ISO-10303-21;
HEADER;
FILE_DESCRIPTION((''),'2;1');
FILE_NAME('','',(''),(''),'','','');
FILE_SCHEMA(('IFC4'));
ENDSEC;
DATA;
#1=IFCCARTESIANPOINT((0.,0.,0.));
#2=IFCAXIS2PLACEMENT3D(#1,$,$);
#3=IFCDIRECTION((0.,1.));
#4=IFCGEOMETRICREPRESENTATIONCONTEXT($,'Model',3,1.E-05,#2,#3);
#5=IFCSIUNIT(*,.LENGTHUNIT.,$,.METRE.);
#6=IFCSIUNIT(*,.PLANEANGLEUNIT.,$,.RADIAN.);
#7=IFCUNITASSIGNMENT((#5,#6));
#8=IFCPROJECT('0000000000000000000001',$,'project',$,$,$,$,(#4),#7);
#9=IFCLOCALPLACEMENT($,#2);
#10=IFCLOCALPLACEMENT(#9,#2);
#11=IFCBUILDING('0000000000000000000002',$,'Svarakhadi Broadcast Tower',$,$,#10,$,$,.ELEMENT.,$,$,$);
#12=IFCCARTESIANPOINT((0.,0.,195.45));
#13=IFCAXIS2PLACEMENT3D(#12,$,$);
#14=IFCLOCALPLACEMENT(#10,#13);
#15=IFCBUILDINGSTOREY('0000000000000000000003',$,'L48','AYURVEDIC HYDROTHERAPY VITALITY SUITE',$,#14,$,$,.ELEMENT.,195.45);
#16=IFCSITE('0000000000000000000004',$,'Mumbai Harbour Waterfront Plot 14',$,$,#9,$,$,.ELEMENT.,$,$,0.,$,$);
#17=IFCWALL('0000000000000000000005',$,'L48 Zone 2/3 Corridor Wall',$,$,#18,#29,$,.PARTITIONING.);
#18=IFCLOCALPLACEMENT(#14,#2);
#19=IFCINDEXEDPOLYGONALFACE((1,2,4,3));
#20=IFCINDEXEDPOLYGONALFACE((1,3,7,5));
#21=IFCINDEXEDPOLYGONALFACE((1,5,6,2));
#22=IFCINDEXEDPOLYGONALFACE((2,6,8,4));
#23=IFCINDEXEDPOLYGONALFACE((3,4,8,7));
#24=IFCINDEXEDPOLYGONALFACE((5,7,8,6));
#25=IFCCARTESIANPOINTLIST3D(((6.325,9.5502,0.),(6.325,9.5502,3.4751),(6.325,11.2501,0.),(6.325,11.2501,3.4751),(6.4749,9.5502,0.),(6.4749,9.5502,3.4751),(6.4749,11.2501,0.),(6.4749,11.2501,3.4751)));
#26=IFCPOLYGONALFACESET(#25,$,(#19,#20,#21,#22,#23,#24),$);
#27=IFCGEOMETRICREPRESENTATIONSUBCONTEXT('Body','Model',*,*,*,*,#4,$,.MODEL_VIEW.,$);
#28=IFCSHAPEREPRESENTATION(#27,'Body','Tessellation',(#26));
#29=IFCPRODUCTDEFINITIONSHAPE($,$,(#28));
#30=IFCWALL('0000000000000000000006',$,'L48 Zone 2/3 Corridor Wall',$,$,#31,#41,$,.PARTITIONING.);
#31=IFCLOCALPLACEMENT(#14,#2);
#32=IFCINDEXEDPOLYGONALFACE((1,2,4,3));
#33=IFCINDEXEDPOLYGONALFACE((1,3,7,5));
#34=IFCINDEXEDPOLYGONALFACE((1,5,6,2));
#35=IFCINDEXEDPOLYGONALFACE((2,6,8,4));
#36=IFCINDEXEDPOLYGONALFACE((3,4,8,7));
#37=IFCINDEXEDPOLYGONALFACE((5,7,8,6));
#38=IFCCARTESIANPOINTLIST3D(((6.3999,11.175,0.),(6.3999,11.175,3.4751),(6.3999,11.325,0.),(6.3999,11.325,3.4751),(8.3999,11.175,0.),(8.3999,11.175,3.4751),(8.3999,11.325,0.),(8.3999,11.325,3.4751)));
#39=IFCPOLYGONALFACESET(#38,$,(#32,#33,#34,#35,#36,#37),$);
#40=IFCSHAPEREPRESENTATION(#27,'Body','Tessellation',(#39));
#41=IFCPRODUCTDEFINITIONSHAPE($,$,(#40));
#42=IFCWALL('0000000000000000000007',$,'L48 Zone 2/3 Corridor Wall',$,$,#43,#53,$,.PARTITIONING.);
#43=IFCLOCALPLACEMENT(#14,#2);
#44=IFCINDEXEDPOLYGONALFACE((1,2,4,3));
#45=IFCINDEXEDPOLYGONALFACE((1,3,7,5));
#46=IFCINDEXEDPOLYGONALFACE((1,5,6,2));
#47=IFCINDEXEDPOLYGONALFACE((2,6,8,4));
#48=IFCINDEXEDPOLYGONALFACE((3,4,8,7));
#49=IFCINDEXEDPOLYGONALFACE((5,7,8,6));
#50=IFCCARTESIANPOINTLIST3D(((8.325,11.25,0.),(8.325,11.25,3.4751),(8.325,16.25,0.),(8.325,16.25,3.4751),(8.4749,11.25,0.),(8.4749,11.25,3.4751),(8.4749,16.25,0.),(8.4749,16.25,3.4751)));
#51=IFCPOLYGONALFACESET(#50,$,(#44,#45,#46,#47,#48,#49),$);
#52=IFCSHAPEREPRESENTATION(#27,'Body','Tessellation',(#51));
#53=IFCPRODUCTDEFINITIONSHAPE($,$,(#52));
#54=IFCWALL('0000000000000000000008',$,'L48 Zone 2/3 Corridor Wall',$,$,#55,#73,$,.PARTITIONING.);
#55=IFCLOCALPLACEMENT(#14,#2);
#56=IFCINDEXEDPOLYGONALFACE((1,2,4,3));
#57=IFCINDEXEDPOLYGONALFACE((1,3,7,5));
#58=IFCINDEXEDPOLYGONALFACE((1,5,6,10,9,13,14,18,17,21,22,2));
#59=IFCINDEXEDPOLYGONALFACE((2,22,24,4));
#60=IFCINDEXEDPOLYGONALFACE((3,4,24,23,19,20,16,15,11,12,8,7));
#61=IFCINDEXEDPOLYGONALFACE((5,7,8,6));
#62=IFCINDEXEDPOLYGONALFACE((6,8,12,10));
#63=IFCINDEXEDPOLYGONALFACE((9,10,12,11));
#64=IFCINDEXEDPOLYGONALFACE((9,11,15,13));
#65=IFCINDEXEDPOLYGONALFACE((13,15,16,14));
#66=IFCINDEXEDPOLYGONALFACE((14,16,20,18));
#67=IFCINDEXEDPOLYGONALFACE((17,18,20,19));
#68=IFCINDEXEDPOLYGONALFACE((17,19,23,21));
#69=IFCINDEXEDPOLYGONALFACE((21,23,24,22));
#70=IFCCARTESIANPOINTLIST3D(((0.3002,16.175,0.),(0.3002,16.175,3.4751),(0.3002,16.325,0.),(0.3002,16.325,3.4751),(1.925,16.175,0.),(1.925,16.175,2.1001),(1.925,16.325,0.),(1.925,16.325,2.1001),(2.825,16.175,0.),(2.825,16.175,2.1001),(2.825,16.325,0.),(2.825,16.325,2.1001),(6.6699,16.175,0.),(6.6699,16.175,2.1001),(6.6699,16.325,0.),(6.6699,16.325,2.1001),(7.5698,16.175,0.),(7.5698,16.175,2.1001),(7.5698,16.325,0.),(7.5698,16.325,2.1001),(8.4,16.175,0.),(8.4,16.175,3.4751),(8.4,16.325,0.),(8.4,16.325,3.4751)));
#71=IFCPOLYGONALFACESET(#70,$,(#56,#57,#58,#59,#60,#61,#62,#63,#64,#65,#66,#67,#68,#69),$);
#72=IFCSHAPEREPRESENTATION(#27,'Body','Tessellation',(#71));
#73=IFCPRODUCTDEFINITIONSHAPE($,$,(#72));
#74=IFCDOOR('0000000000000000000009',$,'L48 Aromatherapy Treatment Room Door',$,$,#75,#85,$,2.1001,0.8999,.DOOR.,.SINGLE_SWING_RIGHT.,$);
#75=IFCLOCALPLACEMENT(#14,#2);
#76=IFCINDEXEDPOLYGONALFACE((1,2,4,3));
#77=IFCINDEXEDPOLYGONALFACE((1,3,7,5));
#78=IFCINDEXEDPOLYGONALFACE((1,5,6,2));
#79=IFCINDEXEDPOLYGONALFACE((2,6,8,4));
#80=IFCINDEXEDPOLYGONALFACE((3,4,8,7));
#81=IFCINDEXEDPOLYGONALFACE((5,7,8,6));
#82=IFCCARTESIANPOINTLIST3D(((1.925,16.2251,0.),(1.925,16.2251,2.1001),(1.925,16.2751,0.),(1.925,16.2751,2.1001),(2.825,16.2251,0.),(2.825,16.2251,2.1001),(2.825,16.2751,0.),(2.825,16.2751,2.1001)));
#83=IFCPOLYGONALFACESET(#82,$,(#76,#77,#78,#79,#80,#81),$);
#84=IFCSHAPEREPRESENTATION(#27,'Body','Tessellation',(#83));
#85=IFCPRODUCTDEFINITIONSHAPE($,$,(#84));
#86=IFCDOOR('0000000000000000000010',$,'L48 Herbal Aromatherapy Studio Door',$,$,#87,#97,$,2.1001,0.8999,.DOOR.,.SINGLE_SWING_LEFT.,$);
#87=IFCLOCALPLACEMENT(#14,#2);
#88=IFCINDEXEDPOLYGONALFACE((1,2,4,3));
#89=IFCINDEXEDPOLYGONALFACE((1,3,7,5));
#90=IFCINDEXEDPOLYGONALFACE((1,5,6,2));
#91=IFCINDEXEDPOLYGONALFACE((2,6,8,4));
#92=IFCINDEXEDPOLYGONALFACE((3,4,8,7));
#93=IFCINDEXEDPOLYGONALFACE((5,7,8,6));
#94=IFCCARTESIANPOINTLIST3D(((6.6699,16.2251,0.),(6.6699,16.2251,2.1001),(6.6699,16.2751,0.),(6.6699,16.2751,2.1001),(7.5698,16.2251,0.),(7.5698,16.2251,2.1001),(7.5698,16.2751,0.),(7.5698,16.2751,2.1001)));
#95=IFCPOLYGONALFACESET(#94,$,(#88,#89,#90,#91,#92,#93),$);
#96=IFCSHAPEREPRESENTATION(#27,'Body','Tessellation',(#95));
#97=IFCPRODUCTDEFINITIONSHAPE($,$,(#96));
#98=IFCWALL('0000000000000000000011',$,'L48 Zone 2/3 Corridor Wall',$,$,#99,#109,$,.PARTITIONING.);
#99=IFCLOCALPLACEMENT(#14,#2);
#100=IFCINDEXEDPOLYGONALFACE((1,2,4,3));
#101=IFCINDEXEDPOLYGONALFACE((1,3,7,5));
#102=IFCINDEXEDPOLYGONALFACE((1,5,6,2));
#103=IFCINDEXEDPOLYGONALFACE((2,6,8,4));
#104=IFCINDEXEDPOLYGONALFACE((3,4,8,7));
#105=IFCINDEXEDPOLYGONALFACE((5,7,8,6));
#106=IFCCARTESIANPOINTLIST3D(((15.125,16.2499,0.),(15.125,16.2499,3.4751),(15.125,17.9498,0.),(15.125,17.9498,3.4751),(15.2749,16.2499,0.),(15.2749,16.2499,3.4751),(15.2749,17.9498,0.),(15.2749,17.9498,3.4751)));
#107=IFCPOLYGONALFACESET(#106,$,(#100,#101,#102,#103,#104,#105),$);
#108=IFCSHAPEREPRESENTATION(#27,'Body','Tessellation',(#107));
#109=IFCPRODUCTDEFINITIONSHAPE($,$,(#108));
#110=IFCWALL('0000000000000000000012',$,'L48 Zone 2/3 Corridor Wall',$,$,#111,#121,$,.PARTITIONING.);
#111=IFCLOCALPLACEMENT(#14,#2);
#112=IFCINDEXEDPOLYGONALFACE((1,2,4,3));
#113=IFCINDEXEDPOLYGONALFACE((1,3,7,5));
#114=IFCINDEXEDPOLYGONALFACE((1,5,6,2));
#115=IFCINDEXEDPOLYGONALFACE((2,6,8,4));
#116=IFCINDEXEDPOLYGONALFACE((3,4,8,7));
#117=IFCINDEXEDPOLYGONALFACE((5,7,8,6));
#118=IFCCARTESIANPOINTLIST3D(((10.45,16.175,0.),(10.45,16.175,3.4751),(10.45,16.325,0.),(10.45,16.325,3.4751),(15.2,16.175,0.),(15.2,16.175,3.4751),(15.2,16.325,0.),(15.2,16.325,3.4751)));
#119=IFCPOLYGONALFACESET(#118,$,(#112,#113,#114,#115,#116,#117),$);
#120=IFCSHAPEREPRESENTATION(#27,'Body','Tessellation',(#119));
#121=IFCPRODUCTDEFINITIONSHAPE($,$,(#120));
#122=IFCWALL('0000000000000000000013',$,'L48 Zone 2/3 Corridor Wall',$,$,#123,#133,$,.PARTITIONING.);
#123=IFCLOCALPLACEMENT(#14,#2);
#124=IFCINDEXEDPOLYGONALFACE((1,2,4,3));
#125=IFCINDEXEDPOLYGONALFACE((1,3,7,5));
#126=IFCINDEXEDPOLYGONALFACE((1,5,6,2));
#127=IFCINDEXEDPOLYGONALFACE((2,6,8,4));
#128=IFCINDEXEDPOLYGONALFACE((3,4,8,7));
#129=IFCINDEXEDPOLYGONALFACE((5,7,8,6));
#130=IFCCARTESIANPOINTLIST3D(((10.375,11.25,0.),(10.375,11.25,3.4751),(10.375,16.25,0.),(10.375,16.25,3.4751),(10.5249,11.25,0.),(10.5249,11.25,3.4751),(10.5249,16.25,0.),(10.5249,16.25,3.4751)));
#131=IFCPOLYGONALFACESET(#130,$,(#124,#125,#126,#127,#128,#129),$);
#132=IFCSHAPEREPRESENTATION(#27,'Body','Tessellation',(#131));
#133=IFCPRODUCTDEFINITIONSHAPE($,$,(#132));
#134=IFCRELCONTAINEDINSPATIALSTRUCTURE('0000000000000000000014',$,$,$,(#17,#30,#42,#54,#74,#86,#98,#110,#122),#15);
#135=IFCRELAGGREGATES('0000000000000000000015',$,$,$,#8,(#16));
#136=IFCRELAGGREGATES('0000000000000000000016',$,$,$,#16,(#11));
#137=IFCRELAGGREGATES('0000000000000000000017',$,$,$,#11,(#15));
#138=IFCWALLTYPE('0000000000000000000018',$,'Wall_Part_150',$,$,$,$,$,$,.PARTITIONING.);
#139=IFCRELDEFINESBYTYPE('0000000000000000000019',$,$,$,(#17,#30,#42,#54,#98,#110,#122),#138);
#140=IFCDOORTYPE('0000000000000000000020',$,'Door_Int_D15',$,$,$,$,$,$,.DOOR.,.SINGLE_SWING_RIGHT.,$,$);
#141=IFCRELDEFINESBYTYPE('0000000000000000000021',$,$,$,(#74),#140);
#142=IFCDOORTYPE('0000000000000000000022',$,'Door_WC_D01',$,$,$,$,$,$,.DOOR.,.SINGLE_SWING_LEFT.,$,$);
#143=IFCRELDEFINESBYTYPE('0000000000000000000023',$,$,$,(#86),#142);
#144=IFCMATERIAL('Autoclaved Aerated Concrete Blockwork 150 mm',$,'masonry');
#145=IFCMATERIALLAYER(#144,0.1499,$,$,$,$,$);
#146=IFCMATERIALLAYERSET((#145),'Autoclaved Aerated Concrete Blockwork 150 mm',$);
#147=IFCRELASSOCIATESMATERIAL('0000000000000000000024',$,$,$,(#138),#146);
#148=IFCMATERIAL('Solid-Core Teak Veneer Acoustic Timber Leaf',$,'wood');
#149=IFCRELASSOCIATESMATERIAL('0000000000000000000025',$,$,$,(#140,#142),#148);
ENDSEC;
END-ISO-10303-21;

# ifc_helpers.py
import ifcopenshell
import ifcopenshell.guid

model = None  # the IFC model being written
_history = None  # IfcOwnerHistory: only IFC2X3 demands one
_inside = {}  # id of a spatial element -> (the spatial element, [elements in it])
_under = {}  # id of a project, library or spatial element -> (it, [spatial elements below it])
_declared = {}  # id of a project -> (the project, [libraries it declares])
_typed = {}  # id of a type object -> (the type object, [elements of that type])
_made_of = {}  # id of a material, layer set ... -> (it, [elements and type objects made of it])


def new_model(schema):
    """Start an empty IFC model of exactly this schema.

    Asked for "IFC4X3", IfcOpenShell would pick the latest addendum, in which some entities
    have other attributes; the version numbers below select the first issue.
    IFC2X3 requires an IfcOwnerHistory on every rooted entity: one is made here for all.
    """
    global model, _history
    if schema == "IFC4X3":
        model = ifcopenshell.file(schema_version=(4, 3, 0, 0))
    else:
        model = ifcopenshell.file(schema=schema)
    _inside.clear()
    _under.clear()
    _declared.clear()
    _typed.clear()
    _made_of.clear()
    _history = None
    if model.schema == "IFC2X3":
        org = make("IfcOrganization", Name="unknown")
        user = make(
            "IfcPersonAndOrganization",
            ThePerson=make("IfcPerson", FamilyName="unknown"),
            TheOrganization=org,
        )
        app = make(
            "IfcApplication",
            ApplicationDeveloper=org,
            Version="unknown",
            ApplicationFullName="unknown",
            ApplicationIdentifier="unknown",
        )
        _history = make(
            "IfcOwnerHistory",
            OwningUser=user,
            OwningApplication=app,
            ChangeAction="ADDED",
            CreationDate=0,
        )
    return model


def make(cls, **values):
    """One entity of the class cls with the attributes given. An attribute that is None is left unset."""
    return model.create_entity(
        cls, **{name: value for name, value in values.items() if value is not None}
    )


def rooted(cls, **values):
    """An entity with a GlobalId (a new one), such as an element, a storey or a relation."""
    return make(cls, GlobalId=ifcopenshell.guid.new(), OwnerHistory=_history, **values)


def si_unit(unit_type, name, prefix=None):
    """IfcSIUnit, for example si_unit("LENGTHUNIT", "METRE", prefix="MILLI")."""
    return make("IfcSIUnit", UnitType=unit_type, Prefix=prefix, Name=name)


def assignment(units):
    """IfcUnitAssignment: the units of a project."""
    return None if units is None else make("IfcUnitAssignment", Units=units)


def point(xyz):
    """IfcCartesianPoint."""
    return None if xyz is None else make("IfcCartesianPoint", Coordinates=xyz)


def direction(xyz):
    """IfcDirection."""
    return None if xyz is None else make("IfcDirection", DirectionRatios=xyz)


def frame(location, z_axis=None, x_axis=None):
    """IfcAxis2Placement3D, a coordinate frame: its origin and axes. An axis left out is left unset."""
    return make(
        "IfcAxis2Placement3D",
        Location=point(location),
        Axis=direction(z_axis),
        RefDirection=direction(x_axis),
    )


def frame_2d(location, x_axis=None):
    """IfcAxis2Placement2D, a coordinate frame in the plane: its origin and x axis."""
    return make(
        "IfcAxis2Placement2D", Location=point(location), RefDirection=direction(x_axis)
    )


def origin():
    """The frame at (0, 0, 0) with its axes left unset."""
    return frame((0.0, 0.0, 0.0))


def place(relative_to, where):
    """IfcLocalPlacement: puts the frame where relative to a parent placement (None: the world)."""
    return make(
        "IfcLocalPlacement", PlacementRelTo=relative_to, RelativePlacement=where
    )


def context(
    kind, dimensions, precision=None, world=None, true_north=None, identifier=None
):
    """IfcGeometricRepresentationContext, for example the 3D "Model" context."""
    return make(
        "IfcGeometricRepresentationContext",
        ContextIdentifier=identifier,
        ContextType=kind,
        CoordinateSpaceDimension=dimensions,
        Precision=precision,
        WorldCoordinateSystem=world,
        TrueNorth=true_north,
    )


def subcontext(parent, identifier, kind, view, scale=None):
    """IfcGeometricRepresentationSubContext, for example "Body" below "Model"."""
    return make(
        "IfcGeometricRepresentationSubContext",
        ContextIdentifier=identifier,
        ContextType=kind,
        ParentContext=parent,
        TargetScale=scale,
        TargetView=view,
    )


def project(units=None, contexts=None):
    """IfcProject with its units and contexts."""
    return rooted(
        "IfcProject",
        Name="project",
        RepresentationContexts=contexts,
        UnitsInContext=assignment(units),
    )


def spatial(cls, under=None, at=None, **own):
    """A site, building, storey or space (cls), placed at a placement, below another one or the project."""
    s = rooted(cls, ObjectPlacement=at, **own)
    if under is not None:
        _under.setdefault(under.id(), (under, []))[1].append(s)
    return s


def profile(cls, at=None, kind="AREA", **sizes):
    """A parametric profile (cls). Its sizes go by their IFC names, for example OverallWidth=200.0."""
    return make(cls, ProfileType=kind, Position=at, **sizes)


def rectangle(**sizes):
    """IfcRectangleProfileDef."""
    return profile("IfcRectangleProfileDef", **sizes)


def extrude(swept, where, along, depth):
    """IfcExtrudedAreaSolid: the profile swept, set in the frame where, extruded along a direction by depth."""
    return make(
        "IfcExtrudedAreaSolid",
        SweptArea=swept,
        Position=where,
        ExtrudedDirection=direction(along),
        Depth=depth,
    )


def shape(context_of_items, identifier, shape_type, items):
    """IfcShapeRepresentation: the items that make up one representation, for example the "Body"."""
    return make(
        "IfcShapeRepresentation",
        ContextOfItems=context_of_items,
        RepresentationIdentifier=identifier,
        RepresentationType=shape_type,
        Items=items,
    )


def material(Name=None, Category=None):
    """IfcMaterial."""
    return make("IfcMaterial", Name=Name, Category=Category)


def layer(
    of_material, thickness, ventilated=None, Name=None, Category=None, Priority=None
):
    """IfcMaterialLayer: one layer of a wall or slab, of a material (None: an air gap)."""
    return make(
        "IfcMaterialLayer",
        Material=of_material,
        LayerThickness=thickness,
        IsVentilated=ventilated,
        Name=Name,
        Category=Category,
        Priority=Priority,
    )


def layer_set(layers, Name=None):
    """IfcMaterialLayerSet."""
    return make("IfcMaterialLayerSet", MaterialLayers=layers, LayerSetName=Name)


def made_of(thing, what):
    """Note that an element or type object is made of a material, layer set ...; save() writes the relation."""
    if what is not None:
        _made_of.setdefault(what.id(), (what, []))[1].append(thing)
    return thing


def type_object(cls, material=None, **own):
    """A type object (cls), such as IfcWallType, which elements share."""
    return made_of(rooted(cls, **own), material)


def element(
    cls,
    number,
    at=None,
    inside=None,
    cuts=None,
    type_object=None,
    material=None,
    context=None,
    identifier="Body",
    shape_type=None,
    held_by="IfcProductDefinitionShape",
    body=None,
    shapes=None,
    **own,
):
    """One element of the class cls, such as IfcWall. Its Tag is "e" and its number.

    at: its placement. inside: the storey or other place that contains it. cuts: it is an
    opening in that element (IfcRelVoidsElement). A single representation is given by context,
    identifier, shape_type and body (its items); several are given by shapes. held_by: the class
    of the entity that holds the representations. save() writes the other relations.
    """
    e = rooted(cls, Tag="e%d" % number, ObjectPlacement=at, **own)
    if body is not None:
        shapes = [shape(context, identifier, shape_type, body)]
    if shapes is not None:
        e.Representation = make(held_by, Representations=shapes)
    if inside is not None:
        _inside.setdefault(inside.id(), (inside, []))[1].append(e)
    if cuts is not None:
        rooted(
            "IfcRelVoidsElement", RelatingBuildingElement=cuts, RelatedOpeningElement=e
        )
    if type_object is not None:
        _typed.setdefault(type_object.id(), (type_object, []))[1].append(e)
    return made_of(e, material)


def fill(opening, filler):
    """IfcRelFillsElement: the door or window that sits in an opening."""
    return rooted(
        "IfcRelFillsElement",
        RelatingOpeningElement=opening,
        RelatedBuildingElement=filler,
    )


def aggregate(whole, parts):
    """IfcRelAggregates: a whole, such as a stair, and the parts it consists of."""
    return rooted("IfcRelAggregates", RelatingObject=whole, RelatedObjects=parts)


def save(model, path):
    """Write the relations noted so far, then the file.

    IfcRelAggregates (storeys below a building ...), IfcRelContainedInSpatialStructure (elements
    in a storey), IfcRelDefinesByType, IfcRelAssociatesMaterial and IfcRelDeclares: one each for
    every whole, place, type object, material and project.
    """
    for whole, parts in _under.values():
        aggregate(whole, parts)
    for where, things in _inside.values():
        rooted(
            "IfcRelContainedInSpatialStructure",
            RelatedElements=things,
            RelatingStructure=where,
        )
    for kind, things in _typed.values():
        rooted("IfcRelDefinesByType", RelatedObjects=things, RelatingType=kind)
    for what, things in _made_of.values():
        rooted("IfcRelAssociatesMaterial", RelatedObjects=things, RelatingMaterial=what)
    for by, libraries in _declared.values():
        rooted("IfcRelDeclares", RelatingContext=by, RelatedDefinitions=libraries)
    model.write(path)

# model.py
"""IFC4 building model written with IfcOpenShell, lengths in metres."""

from ifc_helpers import new_model, si_unit, direction, frame, frame_2d, origin, place, context, subcontext, project, spatial, rectangle, extrude, material, layer, layer_set, type_object, element, fill, save


model = new_model("IFC4")

# Units and contexts
model_context = context("Model", 3, precision=1e-05, world=origin(), true_north=direction((0.0, 1.0)))
body_context = subcontext(model_context, "Body", "Model", "MODEL_VIEW")
ifc_project = project(units=[si_unit("LENGTHUNIT", "METRE"), si_unit("PLANEANGLEUNIT", "RADIAN")], contexts=[model_context])

# Site, building, storey
site_placement = place(None, origin())
site = spatial("IfcSite", under=ifc_project, at=site_placement, Name="Mumbai Harbour Waterfront Plot 14", CompositionType="ELEMENT", RefElevation=0.0)
building_placement = place(site_placement, origin())
building = spatial("IfcBuilding", under=site, at=building_placement, Name="Svarakhadi Broadcast Tower", CompositionType="ELEMENT")
storey_placement = place(building_placement, frame((0.0, 0.0, 195.45)))
storey = spatial("IfcBuildingStorey", under=building, at=storey_placement, Name="L48", Description="AYURVEDIC HYDROTHERAPY VITALITY SUITE", CompositionType="ELEMENT", Elevation=195.45)

# Walls
ifc_material_1 = material(Name="Autoclaved Aerated Concrete Blockwork 150 mm", Category="masonry")
ifc_layer_1 = layer(ifc_material_1, 0.1499)
ifc_layer_set_1 = layer_set([ifc_layer_1], Name="Autoclaved Aerated Concrete Blockwork 150 mm")
wall_type_1 = type_object("IfcWallType", Name="Wall_Part_150", PredefinedType="PARTITIONING", material=ifc_layer_set_1)
wall_1_placement = place(storey_placement, frame((6.3999, 9.55, 0.0), z_axis=(0.0, 0.0, 1.0), x_axis=(0.0, 1.0, 0.0)))
element("IfcWall", 1, at=wall_1_placement, inside=storey, type_object=wall_type_1, Name="L48 Zone 2/3 Corridor Wall", PredefinedType="PARTITIONING", context=body_context, shape_type="SweptSolid", body=[
    extrude(rectangle(XDim=1.7, YDim=0.1499, at=frame_2d((0.8501, 0.0))), origin(), (0.0, 0.0, 1.0), 3.4751),
])
wall_2_placement = place(storey_placement, frame((6.3999, 11.25, 0.0), z_axis=(0.0, 0.0, 1.0), x_axis=(1.0, 0.0, 0.0)))
element("IfcWall", 2, at=wall_2_placement, inside=storey, type_object=wall_type_1, Name="L48 Zone 2/3 Corridor Wall", PredefinedType="PARTITIONING", context=body_context, shape_type="SweptSolid", body=[
    extrude(rectangle(XDim=2.0, YDim=0.1499, at=frame_2d((1.0, 0.0))), origin(), (0.0, 0.0, 1.0), 3.4751),
])
wall_3_placement = place(storey_placement, frame((8.3999, 11.25, 0.0), z_axis=(0.0, 0.0, 1.0), x_axis=(0.0, 1.0, 0.0)))
element("IfcWall", 3, at=wall_3_placement, inside=storey, type_object=wall_type_1, Name="L48 Zone 2/3 Corridor Wall", PredefinedType="PARTITIONING", context=body_context, shape_type="SweptSolid", body=[
    extrude(rectangle(XDim=5.0, YDim=0.1499, at=frame_2d((2.5, 0.0))), origin(), (0.0, 0.0, 1.0), 3.4751),
])

# Wall, openings, doors
wall_4_placement = place(storey_placement, frame((8.3999, 16.25, 0.0), z_axis=(0.0, 0.0, 1.0), x_axis=(-1.0, 0.0, 0.0)))
wall_4 = element("IfcWall", 4, at=wall_4_placement, inside=storey, type_object=wall_type_1, Name="L48 Zone 2/3 Corridor Wall", PredefinedType="PARTITIONING", context=body_context, shape_type="SweptSolid", body=[
    extrude(rectangle(XDim=8.0999, YDim=0.1499, at=frame_2d((4.0498, 0.0))), origin(), (0.0, 0.0, 1.0), 3.4751),
])
opening_1_placement = place(wall_4_placement, frame((5.575, 0.0, 0.0)))
opening_1 = element("IfcOpeningElement", 5, at=opening_1_placement, cuts=wall_4, PredefinedType="OPENING", context=body_context, shape_type="SweptSolid", body=[
    extrude(rectangle(XDim=0.8999, YDim=2.1001, at=frame_2d((0.45, 1.05))), frame((0.0, 0.085, 0.0), z_axis=(0.0, -1.0, 0.0), x_axis=(1.0, 0.0, 0.0)), (0.0, 0.0, 1.0), 0.1699),
])
opening_2_placement = place(wall_4_placement, frame((0.8301, 0.0, 0.0)))
opening_2 = element("IfcOpeningElement", 6, at=opening_2_placement, cuts=wall_4, PredefinedType="OPENING", context=body_context, shape_type="SweptSolid", body=[
    extrude(rectangle(XDim=0.8999, YDim=2.1001, at=frame_2d((0.45, 1.05))), frame((0.0, 0.085, 0.0), z_axis=(0.0, -1.0, 0.0), x_axis=(1.0, 0.0, 0.0)), (0.0, 0.0, 1.0), 0.1699),
])
ifc_material_2 = material(Name="Solid-Core Teak Veneer Acoustic Timber Leaf", Category="wood")
door_type_1 = type_object("IfcDoorType", Name="Door_Int_D15", OperationType="SINGLE_SWING_RIGHT", PredefinedType="DOOR", material=ifc_material_2)
door_1_placement = place(opening_1_placement, origin())
door_1 = element("IfcDoor", 7, at=door_1_placement, inside=storey, type_object=door_type_1, Name="L48 Aromatherapy Treatment Room Door", OperationType="SINGLE_SWING_RIGHT", OverallHeight=2.1001, OverallWidth=0.8999, PredefinedType="DOOR", context=body_context, shape_type="SweptSolid", body=[
    extrude(rectangle(XDim=0.8999, YDim=2.1001, at=frame_2d((0.45, 1.05))), frame((0.0, 0.0249, 0.0), z_axis=(0.0, -1.0, 0.0), x_axis=(1.0, 0.0, 0.0)), (0.0, 0.0, 1.0), 0.05),
])
fill(opening_1, door_1)
door_type_2 = type_object("IfcDoorType", Name="Door_WC_D01", OperationType="SINGLE_SWING_LEFT", PredefinedType="DOOR", material=ifc_material_2)
door_2_placement = place(opening_2_placement, origin())
door_2 = element("IfcDoor", 8, at=door_2_placement, inside=storey, type_object=door_type_2, Name="L48 Herbal Aromatherapy Studio Door", OperationType="SINGLE_SWING_LEFT", OverallHeight=2.1001, OverallWidth=0.8999, PredefinedType="DOOR", context=body_context, shape_type="SweptSolid", body=[
    extrude(rectangle(XDim=0.8999, YDim=2.1001, at=frame_2d((0.45, 1.05))), frame((0.0, 0.0249, 0.0), z_axis=(0.0, -1.0, 0.0), x_axis=(1.0, 0.0, 0.0)), (0.0, 0.0, 1.0), 0.05),
])
fill(opening_2, door_2)

# Walls
wall_5_placement = place(storey_placement, frame((15.2, 17.95, 0.0), z_axis=(0.0, 0.0, 1.0), x_axis=(0.0, -1.0, 0.0)))
element("IfcWall", 9, at=wall_5_placement, inside=storey, type_object=wall_type_1, Name="L48 Zone 2/3 Corridor Wall", PredefinedType="PARTITIONING", context=body_context, shape_type="SweptSolid", body=[
    extrude(rectangle(XDim=1.7, YDim=0.1499, at=frame_2d((0.8501, 0.0))), origin(), (0.0, 0.0, 1.0), 3.4751),
])
wall_6_placement = place(storey_placement, frame((15.2, 16.25, 0.0), z_axis=(0.0, 0.0, 1.0), x_axis=(-1.0, 0.0, 0.0)))
element("IfcWall", 10, at=wall_6_placement, inside=storey, type_object=wall_type_1, Name="L48 Zone 2/3 Corridor Wall", PredefinedType="PARTITIONING", context=body_context, shape_type="SweptSolid", body=[
    extrude(rectangle(XDim=4.75, YDim=0.1499, at=frame_2d((2.375, 0.0))), origin(), (0.0, 0.0, 1.0), 3.4751),
])
wall_7_placement = place(storey_placement, frame((10.45, 16.25, 0.0), z_axis=(0.0, 0.0, 1.0), x_axis=(0.0, -1.0, 0.0)))
element("IfcWall", 11, at=wall_7_placement, inside=storey, type_object=wall_type_1, Name="L48 Zone 2/3 Corridor Wall", PredefinedType="PARTITIONING", context=body_context, shape_type="SweptSolid", body=[
    extrude(rectangle(XDim=5.0, YDim=0.1499, at=frame_2d((2.5, 0.0))), origin(), (0.0, 0.0, 1.0), 3.4751),
])

save(model, "model.ifc")
